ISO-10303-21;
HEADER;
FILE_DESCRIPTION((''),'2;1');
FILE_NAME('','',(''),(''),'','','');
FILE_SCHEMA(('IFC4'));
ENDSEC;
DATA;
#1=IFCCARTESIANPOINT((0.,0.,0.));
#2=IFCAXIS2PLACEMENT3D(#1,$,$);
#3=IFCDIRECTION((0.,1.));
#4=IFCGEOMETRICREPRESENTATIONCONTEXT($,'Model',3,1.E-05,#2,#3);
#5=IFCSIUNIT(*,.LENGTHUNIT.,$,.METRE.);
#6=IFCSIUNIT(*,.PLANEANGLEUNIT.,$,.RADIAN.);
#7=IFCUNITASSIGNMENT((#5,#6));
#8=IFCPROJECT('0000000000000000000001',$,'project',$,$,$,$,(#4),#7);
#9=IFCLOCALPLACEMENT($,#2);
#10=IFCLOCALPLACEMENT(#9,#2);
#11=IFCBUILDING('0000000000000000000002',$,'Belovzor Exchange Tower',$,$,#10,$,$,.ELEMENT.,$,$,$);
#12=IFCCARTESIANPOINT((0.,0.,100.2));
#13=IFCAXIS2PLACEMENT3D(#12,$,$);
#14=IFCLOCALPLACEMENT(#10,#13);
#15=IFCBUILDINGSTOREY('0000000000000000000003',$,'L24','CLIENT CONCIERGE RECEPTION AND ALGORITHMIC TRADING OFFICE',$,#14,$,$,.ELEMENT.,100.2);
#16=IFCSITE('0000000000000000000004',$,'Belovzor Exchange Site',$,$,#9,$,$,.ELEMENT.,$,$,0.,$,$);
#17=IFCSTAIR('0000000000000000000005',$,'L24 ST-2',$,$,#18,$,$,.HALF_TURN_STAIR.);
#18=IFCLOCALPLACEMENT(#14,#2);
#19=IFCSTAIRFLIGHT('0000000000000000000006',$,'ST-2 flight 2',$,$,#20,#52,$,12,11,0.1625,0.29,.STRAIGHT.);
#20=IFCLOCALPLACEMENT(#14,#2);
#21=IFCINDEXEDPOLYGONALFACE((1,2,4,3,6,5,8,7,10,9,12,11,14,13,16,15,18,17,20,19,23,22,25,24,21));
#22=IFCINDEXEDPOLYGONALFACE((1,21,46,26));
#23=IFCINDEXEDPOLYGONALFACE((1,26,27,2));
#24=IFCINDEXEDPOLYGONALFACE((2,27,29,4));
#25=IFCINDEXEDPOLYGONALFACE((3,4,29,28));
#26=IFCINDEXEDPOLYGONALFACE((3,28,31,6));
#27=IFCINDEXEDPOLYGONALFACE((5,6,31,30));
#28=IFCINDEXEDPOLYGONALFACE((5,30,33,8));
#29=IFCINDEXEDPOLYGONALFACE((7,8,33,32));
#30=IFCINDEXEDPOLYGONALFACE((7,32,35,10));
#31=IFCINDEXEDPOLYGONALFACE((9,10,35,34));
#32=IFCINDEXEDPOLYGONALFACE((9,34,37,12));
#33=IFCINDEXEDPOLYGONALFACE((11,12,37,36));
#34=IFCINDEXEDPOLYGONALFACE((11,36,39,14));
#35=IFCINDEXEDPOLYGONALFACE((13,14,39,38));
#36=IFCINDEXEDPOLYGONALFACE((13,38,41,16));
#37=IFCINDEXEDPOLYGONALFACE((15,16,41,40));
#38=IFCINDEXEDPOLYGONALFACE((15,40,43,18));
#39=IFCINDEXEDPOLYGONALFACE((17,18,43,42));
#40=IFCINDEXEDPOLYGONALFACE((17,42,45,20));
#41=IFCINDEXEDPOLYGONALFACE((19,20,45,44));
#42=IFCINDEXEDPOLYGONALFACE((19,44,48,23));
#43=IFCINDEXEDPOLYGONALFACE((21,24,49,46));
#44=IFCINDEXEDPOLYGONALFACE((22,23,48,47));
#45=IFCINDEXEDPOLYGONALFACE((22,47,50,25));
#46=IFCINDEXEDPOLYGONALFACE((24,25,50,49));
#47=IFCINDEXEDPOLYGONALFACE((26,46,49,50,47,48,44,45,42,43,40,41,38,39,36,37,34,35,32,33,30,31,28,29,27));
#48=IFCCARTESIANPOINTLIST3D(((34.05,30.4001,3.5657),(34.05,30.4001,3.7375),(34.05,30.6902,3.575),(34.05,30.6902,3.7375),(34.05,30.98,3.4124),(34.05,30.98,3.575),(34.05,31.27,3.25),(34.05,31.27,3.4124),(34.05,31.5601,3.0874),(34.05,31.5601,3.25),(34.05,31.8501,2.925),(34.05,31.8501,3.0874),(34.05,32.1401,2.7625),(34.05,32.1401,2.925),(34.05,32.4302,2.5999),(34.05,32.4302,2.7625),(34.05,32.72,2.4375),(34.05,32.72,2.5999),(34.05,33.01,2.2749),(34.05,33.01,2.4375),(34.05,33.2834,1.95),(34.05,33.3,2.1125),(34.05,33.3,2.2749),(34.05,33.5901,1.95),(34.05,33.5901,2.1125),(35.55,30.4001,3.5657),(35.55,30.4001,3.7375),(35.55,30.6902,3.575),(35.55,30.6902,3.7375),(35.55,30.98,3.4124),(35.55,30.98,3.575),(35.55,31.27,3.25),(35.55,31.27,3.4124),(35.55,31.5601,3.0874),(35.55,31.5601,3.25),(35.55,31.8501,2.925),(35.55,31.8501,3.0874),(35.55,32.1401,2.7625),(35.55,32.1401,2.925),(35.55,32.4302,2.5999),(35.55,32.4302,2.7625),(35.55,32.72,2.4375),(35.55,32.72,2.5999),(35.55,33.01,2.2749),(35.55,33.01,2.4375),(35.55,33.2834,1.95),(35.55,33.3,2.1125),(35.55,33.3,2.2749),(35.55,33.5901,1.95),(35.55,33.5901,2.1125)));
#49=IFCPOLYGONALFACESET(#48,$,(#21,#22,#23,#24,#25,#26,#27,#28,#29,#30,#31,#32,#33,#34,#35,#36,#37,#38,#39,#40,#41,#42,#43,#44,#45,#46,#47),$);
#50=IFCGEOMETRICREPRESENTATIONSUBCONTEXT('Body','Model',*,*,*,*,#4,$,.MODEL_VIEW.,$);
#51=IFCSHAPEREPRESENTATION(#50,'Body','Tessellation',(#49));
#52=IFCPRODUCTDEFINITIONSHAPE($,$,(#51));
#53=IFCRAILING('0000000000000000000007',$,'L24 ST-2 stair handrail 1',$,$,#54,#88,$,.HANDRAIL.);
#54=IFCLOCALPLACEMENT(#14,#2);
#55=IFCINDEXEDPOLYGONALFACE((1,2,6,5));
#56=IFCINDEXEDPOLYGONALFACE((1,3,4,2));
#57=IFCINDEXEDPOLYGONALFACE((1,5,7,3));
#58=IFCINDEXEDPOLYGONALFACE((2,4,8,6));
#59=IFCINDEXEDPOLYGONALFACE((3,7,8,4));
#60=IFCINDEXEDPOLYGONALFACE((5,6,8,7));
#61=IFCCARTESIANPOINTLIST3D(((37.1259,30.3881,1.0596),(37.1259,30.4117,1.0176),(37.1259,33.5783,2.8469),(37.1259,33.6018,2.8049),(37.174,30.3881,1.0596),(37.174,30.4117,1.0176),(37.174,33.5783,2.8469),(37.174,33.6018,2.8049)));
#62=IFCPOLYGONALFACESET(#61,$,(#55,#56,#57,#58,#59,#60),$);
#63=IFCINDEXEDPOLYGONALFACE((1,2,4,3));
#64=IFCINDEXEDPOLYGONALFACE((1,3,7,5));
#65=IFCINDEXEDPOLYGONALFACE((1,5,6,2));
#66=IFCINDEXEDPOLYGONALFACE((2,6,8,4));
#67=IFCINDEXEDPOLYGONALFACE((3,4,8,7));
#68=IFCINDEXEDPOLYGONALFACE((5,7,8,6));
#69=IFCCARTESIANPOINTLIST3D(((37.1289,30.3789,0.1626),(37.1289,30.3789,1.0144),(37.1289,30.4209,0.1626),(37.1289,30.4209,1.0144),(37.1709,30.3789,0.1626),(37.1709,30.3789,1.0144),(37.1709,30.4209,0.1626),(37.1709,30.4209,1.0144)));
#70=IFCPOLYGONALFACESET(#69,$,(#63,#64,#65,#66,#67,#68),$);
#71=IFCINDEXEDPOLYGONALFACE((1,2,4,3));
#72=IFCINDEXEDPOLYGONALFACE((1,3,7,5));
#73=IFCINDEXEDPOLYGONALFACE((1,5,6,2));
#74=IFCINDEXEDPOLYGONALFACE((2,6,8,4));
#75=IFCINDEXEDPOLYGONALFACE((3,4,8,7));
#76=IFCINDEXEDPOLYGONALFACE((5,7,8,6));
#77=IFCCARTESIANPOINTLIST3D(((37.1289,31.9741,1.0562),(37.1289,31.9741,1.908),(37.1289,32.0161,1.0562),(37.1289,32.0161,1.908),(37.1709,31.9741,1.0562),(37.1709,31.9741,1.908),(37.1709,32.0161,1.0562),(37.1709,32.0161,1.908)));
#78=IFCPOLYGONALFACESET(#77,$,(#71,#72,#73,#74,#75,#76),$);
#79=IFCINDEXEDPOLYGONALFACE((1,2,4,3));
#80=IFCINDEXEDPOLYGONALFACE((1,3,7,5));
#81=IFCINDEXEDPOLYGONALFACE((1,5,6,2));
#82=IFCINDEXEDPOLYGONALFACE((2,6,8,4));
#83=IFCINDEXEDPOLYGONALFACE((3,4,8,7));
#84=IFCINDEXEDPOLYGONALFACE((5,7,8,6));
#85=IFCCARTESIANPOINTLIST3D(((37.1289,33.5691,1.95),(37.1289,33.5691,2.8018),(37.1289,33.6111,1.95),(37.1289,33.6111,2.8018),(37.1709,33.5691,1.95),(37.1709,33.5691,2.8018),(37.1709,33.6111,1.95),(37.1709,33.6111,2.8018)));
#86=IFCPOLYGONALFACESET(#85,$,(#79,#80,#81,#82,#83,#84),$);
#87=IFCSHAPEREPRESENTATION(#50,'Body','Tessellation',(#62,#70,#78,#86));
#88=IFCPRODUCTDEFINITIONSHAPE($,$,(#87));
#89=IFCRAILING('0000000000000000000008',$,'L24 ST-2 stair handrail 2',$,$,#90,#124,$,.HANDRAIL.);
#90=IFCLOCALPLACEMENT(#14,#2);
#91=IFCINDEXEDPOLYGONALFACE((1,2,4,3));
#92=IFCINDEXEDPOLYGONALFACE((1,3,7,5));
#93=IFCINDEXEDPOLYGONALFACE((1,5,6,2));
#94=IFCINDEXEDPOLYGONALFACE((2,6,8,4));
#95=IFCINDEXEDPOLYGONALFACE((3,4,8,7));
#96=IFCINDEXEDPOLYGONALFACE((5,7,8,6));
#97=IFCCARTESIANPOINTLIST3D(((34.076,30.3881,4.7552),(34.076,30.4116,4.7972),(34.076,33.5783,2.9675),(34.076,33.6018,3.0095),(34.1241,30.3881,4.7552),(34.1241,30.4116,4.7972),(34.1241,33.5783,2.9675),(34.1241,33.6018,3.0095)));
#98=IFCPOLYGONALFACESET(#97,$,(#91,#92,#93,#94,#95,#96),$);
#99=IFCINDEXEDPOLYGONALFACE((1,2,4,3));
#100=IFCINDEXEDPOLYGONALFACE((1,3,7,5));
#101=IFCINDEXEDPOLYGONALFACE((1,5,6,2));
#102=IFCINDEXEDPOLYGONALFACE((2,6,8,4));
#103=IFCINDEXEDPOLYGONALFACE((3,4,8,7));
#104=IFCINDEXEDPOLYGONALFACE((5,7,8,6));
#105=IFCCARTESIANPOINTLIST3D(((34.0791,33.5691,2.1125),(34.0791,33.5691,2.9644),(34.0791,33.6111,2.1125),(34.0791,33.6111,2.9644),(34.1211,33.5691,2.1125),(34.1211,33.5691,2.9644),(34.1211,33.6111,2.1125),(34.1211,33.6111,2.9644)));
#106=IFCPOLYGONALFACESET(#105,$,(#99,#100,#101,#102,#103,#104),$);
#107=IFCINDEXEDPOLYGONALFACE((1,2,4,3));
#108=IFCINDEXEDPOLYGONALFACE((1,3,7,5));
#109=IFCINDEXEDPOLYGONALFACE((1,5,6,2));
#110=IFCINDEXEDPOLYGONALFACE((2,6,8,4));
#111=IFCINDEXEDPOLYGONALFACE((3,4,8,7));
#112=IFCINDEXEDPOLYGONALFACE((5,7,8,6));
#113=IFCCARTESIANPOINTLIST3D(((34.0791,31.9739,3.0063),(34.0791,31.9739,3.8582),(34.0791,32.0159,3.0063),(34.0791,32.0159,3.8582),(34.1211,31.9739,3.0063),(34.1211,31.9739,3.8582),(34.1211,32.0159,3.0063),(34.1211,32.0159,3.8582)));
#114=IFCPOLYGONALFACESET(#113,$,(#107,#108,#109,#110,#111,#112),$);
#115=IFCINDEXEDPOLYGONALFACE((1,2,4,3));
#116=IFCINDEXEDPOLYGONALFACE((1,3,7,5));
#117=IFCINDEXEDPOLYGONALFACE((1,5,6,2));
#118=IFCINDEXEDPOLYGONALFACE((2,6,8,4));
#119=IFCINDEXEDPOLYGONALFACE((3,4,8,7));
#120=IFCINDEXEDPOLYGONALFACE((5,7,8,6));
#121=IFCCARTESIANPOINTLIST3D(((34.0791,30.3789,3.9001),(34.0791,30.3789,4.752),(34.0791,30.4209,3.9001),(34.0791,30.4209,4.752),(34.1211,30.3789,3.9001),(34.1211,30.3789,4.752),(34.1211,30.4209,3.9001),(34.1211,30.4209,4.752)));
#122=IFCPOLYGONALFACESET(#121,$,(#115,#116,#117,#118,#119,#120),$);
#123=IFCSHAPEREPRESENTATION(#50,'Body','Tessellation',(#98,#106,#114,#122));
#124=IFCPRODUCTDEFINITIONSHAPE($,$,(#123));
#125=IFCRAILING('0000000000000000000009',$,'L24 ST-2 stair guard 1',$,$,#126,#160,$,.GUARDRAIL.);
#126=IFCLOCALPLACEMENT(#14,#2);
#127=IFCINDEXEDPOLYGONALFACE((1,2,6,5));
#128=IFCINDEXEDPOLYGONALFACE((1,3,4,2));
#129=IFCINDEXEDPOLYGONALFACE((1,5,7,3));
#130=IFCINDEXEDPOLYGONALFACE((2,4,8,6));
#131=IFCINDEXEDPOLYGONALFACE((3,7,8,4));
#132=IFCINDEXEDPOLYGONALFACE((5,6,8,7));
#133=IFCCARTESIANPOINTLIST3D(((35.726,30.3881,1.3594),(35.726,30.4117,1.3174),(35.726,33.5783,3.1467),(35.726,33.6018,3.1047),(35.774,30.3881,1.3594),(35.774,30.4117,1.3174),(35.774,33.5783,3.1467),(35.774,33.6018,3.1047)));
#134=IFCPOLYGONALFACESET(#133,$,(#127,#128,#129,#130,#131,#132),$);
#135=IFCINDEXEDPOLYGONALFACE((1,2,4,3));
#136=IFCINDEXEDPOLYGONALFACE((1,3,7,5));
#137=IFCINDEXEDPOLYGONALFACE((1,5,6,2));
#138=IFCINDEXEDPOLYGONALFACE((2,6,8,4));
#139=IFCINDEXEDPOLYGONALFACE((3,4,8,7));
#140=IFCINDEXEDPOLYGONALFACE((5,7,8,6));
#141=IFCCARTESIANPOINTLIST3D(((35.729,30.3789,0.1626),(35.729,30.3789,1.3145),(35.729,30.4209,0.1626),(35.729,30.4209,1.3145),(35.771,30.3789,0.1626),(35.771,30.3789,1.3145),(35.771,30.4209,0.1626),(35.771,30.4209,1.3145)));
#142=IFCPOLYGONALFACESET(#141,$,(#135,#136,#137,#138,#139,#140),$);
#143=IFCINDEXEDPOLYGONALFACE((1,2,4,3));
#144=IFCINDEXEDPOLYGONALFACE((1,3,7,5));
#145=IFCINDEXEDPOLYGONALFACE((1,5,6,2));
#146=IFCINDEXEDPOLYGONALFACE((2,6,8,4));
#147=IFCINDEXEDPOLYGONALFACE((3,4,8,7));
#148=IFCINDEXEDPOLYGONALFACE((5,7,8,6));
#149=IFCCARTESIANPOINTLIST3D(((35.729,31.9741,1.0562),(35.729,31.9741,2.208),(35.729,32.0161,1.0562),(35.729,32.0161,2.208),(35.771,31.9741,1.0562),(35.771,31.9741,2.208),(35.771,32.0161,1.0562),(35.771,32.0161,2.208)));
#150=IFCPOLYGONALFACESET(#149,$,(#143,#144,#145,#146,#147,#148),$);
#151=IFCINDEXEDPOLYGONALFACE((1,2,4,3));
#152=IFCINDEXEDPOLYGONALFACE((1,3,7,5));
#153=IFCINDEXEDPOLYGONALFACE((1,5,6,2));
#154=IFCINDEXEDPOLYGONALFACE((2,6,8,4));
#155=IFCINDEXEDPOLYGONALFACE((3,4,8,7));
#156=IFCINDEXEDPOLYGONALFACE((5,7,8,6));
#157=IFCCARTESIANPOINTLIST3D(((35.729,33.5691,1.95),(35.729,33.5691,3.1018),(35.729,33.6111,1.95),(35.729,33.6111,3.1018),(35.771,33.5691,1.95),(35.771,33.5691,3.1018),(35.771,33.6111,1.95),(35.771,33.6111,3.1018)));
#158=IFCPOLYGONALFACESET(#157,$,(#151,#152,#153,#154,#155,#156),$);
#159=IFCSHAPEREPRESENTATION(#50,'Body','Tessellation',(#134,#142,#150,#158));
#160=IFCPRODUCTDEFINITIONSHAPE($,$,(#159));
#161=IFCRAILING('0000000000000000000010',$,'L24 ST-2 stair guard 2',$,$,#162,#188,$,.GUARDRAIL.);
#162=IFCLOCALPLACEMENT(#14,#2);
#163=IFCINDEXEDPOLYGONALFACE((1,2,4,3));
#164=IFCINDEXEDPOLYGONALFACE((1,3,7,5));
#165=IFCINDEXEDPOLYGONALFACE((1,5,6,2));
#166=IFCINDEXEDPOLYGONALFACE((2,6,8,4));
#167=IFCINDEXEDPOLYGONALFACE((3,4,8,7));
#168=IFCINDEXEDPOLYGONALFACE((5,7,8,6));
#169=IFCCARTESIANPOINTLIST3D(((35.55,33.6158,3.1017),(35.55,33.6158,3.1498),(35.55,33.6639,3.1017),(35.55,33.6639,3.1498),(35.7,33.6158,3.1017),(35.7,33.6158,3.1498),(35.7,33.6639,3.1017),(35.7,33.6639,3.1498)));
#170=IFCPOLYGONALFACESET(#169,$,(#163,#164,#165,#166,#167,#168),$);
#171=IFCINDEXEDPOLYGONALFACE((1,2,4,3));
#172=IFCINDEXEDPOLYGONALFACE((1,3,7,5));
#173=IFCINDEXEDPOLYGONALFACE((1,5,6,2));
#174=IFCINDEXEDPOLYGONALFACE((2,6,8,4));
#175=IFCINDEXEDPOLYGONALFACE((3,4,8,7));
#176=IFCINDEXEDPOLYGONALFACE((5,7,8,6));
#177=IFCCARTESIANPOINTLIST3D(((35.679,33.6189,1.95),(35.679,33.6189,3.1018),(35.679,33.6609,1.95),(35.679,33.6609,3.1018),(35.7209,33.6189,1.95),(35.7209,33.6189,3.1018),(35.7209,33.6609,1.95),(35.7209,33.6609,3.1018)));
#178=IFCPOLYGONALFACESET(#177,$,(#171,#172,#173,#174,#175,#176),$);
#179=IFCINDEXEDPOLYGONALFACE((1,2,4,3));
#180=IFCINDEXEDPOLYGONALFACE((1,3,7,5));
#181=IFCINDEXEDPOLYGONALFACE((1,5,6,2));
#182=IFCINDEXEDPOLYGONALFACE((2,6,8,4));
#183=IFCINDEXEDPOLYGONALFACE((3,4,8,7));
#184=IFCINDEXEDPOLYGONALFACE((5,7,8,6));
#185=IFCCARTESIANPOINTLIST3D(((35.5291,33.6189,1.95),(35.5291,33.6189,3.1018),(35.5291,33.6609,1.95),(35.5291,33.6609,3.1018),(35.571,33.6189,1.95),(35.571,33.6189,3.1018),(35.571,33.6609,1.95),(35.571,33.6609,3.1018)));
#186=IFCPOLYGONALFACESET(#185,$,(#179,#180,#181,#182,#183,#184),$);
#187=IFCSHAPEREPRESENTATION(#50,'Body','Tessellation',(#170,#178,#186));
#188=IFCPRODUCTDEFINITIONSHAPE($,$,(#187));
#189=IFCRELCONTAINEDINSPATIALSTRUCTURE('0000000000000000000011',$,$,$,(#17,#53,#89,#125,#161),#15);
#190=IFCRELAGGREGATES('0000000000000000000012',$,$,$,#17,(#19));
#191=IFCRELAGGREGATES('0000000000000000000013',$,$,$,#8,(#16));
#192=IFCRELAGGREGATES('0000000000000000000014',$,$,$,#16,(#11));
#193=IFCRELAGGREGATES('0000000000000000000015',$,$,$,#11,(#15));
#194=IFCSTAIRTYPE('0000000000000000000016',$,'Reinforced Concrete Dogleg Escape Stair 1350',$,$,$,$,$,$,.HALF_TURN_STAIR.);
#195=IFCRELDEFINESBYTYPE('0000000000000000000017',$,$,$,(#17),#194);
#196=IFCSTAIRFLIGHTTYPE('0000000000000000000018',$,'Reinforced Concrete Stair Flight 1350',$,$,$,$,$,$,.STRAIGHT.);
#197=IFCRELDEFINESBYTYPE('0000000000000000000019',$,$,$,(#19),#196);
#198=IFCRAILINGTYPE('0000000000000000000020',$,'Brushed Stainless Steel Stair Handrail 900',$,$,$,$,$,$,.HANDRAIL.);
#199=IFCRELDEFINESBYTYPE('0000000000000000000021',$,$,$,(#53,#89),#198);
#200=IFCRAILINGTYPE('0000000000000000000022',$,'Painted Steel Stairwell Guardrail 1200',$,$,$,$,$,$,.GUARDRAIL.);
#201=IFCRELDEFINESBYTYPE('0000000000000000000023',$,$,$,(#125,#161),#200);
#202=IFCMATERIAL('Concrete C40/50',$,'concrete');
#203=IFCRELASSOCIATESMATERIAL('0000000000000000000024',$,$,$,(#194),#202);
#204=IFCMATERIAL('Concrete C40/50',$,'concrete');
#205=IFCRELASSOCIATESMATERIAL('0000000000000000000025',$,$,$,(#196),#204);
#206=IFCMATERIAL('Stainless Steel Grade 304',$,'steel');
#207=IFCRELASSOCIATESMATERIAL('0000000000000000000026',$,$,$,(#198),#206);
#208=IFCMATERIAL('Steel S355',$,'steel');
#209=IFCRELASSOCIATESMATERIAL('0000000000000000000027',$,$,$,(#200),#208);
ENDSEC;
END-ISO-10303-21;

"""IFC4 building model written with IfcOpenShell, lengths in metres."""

from ifc_helpers import new_model, si_unit, direction, frame, origin, origin_2d, place, context, subcontext, project, spatial, polyline, rectangle, outline, extrude, material, type_object, element, aggregate, save


model = new_model("IFC4")

# Units and contexts
model_context = context("Model", 3, precision=1e-05, world=origin(), true_north=direction((0.0, 1.0)))
body_context = subcontext(model_context, "Body", "Model", "MODEL_VIEW")
ifc_project = project(units=[si_unit("LENGTHUNIT", "METRE"), si_unit("PLANEANGLEUNIT", "RADIAN")], contexts=[model_context])

# Site, building, storey
site_placement = place(None, origin())
site = spatial("IfcSite", under=ifc_project, at=site_placement, Name="Belovzor Exchange Site", CompositionType="ELEMENT", RefElevation=0.0)
building_placement = place(site_placement, origin())
building = spatial("IfcBuilding", under=site, at=building_placement, Name="Belovzor Exchange Tower", CompositionType="ELEMENT")
storey_placement = place(building_placement, frame((0.0, 0.0, 100.2)))
storey = spatial("IfcBuildingStorey", under=building, at=storey_placement, Name="L24", Description="CLIENT CONCIERGE RECEPTION AND ALGORITHMIC TRADING OFFICE", CompositionType="ELEMENT", Elevation=100.2)

# Stair, stair flight
ifc_material_1 = material(Name="Concrete C40/50", Category="concrete")
stair_type = type_object("IfcStairType", Name="Reinforced Concrete Dogleg Escape Stair 1350", PredefinedType="HALF_TURN_STAIR", material=ifc_material_1)
stair_placement = place(storey_placement, origin())
stair = element("IfcStair", 1, at=stair_placement, inside=storey, type_object=stair_type, Name="L24 ST-2", PredefinedType="HALF_TURN_STAIR")
ifc_material_2 = material(Name="Concrete C40/50", Category="concrete")
stair_flight_type = type_object("IfcStairFlightType", Name="Reinforced Concrete Stair Flight 1350", PredefinedType="STRAIGHT", material=ifc_material_2)
stair_flight_1_placement = place(storey_placement, frame((34.8, 33.5901, 1.95), z_axis=(0.0, 0.0, 1.0), x_axis=(0.0, -1.0, 0.0)))
stair_flight_1 = element("IfcStairFlight", 2, at=stair_flight_1_placement, type_object=stair_flight_type, Name="ST-2 flight 2", NumberOfRisers=12, NumberOfTreads=11, PredefinedType="STRAIGHT", RiserHeight=0.1625, TreadLength=0.29, context=body_context, shape_type="SweptSolid", body=[
    extrude(outline(polyline([(0.0, 0.0), (0.0, 0.1626), (0.29, 0.1626), (0.29, 0.325), (0.5801, 0.325), (0.5801, 0.4875), (0.8701, 0.4875), (0.8701, 0.6499), (1.1599, 0.6499), (1.1599, 0.8125), (1.45, 0.8125), (1.45, 0.9751), (1.74, 0.9751), (1.74, 1.1375), (2.03, 1.1375), (2.03, 1.3), (2.3201, 1.3), (2.3201, 1.4624), (2.6101, 1.4624), (2.6101, 1.625), (2.8999, 1.625), (2.8999, 1.7876), (3.1899, 1.7876), (3.1899, 1.95), (3.1899, 1.6157), (0.3066, 0.0), (0.0, 0.0)])), frame((0.0, 0.75, 0.0), z_axis=(0.0, -1.0, 0.0), x_axis=(1.0, 0.0, 0.0)), (0.0, 0.0, 1.0), 1.5),
])
aggregate(stair, [stair_flight_1])

# Railings
ifc_material_3 = material(Name="Stainless Steel Grade 304", Category="steel")
railing_type_1 = type_object("IfcRailingType", Name="Brushed Stainless Steel Stair Handrail 900", PredefinedType="HANDRAIL", material=ifc_material_3)
railing_1_placement = place(storey_placement, frame((37.1499, 30.3999, 0.1626)))
element("IfcRailing", 3, at=railing_1_placement, inside=storey, type_object=railing_type_1, Name="L24 ST-2 stair handrail 1", PredefinedType="HANDRAIL", context=body_context, shape_type="SweptSolid", body=[
    extrude(rectangle(XDim=0.0481, YDim=0.0481, at=origin_2d()), frame((0.0, 0.0, 0.876), z_axis=(0.0, 0.872407, 0.48878), x_axis=(-1.0, 0.0, 0.0)), (0.0, 0.0, 1.0), 3.6567),
    extrude(rectangle(XDim=0.042, YDim=0.042, at=origin_2d()), origin(), (0.0, 0.0, 1.0), 0.8518),
    extrude(rectangle(XDim=0.042, YDim=0.042, at=origin_2d()), frame((0.0, 1.5952, 0.8936)), (0.0, 0.0, 1.0), 0.8518),
    extrude(rectangle(XDim=0.042, YDim=0.042, at=origin_2d()), frame((0.0, 3.1902, 1.7874)), (0.0, 0.0, 1.0), 0.8518),
])
railing_2_placement = place(storey_placement, frame((34.1001, 33.5901, 2.1125)))
element("IfcRailing", 4, at=railing_2_placement, inside=storey, type_object=railing_type_1, Name="L24 ST-2 stair handrail 2", PredefinedType="HANDRAIL", context=body_context, shape_type="SweptSolid", body=[
    extrude(rectangle(XDim=0.0481, YDim=0.0481, at=origin_2d()), frame((0.0, 0.0, 0.876), z_axis=(0.0, -0.872378, 0.488831), x_axis=(1.0, 0.0, 0.0)), (0.0, 0.0, 1.0), 3.657),
    extrude(rectangle(XDim=0.042, YDim=0.042, at=origin_2d()), origin(), (0.0, 0.0, 1.0), 0.8518),
    extrude(rectangle(XDim=0.042, YDim=0.042, at=origin_2d()), frame((0.0, -1.5952, 0.8938)), (0.0, 0.0, 1.0), 0.8518),
    extrude(rectangle(XDim=0.042, YDim=0.042, at=origin_2d()), frame((0.0, -3.1902, 1.7876)), (0.0, 0.0, 1.0), 0.8518),
])
ifc_material_4 = material(Name="Steel S355", Category="steel")
railing_type_2 = type_object("IfcRailingType", Name="Painted Steel Stairwell Guardrail 1200", PredefinedType="GUARDRAIL", material=ifc_material_4)
railing_3_placement = place(storey_placement, frame((35.75, 30.3999, 0.1626)))
element("IfcRailing", 5, at=railing_3_placement, inside=storey, type_object=railing_type_2, Name="L24 ST-2 stair guard 1", PredefinedType="GUARDRAIL", context=body_context, shape_type="SweptSolid", body=[
    extrude(rectangle(XDim=0.0481, YDim=0.0481, at=origin_2d()), frame((0.0, 0.0, 1.1758), z_axis=(0.0, 0.872407, 0.48878), x_axis=(-1.0, 0.0, 0.0)), (0.0, 0.0, 1.0), 3.6567),
    extrude(rectangle(XDim=0.042, YDim=0.042, at=origin_2d()), origin(), (0.0, 0.0, 1.0), 1.1519),
    extrude(rectangle(XDim=0.042, YDim=0.042, at=origin_2d()), frame((0.0, 1.5952, 0.8936)), (0.0, 0.0, 1.0), 1.1519),
    extrude(rectangle(XDim=0.042, YDim=0.042, at=origin_2d()), frame((0.0, 3.1902, 1.7874)), (0.0, 0.0, 1.0), 1.1519),
])
railing_4_placement = place(storey_placement, frame((35.7, 33.6399, 1.95)))
element("IfcRailing", 6, at=railing_4_placement, inside=storey, type_object=railing_type_2, Name="L24 ST-2 stair guard 2", PredefinedType="GUARDRAIL", context=body_context, shape_type="SweptSolid", body=[
    extrude(rectangle(XDim=0.0481, YDim=0.0481, at=origin_2d()), frame((0.0, 0.0, 1.1758), z_axis=(-1.0, 0.0, 0.0), x_axis=(0.0, -1.0, 0.0)), (0.0, 0.0, 1.0), 0.1499),
    extrude(rectangle(XDim=0.042, YDim=0.042, at=origin_2d()), origin(), (0.0, 0.0, 1.0), 1.1519),
    extrude(rectangle(XDim=0.042, YDim=0.042, at=origin_2d()), frame((-0.1499, 0.0, 0.0)), (0.0, 0.0, 1.0), 1.1519),
])

save(model, "model.ifc")
